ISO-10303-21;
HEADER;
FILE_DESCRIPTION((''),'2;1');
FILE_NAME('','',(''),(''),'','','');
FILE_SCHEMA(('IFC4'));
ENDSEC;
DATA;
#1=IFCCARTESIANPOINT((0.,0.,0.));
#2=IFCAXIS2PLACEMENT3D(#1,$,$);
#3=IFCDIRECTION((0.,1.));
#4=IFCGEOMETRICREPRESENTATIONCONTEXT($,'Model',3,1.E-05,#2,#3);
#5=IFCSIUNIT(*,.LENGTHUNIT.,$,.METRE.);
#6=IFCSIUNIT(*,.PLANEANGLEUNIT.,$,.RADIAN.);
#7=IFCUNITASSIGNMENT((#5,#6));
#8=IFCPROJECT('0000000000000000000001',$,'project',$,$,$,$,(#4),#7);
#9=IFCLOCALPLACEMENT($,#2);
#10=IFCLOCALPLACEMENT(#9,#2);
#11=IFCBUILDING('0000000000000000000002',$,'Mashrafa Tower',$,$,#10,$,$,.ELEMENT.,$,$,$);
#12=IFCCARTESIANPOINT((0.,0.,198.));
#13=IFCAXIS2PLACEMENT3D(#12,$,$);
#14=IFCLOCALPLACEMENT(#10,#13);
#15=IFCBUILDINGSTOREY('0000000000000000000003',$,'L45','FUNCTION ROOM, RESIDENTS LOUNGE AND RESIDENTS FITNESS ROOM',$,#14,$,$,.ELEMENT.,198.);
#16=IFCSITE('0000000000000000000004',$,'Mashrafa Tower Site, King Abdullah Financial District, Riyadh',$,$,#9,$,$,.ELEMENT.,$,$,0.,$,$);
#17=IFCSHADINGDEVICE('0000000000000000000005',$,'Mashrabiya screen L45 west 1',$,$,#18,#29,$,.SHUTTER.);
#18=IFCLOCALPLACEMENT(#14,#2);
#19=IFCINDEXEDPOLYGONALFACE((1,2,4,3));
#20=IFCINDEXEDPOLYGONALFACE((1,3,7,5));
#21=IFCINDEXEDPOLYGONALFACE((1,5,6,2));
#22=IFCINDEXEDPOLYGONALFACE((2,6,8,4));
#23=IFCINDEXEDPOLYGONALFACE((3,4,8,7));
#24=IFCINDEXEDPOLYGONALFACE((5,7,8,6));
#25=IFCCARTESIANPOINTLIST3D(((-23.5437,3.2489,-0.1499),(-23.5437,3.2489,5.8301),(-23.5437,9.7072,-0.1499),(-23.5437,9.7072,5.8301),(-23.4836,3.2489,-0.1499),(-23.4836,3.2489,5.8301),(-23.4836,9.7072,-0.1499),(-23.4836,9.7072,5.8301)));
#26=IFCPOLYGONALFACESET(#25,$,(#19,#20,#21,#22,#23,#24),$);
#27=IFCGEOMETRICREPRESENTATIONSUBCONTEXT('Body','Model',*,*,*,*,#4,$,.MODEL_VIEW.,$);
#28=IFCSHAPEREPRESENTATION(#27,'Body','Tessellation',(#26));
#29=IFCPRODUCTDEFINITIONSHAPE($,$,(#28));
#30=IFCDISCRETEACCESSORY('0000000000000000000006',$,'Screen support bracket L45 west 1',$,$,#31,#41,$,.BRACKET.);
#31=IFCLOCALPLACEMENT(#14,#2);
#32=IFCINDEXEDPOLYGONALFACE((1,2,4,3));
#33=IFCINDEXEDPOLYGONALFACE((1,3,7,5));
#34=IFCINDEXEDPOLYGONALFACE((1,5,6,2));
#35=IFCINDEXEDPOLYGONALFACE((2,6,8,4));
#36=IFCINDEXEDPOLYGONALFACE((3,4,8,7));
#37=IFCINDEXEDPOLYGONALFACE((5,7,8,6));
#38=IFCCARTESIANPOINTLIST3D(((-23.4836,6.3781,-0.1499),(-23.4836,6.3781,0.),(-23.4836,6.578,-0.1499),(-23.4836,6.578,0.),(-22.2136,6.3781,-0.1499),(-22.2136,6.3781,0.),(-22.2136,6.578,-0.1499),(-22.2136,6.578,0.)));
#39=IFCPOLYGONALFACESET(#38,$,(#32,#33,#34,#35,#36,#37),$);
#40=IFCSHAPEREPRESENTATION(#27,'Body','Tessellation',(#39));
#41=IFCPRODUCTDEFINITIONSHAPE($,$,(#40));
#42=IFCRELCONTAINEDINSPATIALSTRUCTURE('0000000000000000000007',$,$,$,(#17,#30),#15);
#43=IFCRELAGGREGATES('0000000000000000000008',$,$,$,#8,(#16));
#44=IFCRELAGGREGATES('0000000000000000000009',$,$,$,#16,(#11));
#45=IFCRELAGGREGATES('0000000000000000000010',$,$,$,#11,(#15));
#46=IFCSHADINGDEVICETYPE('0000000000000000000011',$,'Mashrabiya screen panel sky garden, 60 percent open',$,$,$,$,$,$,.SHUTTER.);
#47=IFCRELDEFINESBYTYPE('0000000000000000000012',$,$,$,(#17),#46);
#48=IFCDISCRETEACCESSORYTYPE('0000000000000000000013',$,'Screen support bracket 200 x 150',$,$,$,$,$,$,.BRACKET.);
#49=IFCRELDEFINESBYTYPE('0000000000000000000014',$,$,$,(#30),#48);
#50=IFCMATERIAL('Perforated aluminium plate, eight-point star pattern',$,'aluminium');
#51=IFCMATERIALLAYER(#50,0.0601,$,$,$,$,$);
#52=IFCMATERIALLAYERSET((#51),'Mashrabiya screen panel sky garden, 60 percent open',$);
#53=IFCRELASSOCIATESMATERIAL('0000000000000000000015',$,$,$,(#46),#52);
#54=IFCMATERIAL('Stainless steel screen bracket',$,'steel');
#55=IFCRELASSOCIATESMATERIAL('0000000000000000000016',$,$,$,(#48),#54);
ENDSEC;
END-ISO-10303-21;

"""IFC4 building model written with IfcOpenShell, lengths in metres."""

from ifc_helpers import new_model, si_unit, direction, frame, origin, origin_2d, place, context, subcontext, project, spatial, rectangle, extrude, source, transform, mapped, material, layer, layer_set, type_object, type_shapes, element, save


model = new_model("IFC4")

# Units and contexts
model_context = context("Model", 3, precision=1e-05, world=origin(), true_north=direction((0.0, 1.0)))
body_context = subcontext(model_context, "Body", "Model", "MODEL_VIEW")
ifc_project = project(units=[si_unit("LENGTHUNIT", "METRE"), si_unit("PLANEANGLEUNIT", "RADIAN")], contexts=[model_context])

# Site, building, storey
site_placement = place(None, origin())
site = spatial("IfcSite", under=ifc_project, at=site_placement, Name="Mashrafa Tower Site, King Abdullah Financial District, Riyadh", CompositionType="ELEMENT", RefElevation=0.0)
building_placement = place(site_placement, origin())
building = spatial("IfcBuilding", under=site, at=building_placement, Name="Mashrafa Tower", CompositionType="ELEMENT")
storey_placement = place(building_placement, frame((0.0, 0.0, 198.0)))
storey = spatial("IfcBuildingStorey", under=building, at=storey_placement, Name="L45", Description="FUNCTION ROOM, RESIDENTS LOUNGE AND RESIDENTS FITNESS ROOM", CompositionType="ELEMENT", Elevation=198.0)

# Shading device
ifc_material_1 = material(Name="Perforated aluminium plate, eight-point star pattern", Category="aluminium")
ifc_layer_1 = layer(ifc_material_1, 0.0601)
ifc_layer_set_1 = layer_set([ifc_layer_1], Name="Mashrabiya screen panel sky garden, 60 percent open")
shading_device_type = type_object("IfcShadingDeviceType", Name="Mashrabiya screen panel sky garden, 60 percent open", PredefinedType="SHUTTER", material=ifc_layer_set_1)
shared_shape_1 = source(origin(), body_context, "Body", "SweptSolid", [
    extrude(rectangle(XDim=6.4583, YDim=0.0601, at=origin_2d()), origin(), (0.0, 0.0, 1.0), 5.98),
])
type_shapes(shading_device_type, [shared_shape_1])
shading_device_placement = place(storey_placement, frame((-23.5137, 6.478, -0.1499), z_axis=(0.0, 0.0, 1.0), x_axis=(0.0, -1.0, 0.0)))
element("IfcShadingDevice", 1, at=shading_device_placement, inside=storey, type_object=shading_device_type, Name="Mashrabiya screen L45 west 1", PredefinedType="SHUTTER", context=body_context, shape_type="MappedRepresentation", body=[
    mapped(shared_shape_1, transform((0.0, 0.0, 0.0))),
])

# Discrete accessory
ifc_material_2 = material(Name="Stainless steel screen bracket", Category="steel")
discrete_accessory_type = type_object("IfcDiscreteAccessoryType", Name="Screen support bracket 200 x 150", PredefinedType="BRACKET", material=ifc_material_2)
shared_shape_2 = source(origin(), body_context, "Body", "SweptSolid", [
    extrude(rectangle(XDim=0.2, YDim=1.27, at=origin_2d()), origin(), (0.0, 0.0, 1.0), 0.1499),
])
type_shapes(discrete_accessory_type, [shared_shape_2])
discrete_accessory_placement = place(storey_placement, frame((-22.8486, 6.478, -0.1499), z_axis=(0.0, 0.0, 1.0), x_axis=(0.0, -1.0, 0.0)))
element("IfcDiscreteAccessory", 2, at=discrete_accessory_placement, inside=storey, type_object=discrete_accessory_type, Name="Screen support bracket L45 west 1", PredefinedType="BRACKET", context=body_context, shape_type="MappedRepresentation", body=[
    mapped(shared_shape_2, transform((0.0, 0.0, 0.0))),
])

save(model, "model.ifc")
